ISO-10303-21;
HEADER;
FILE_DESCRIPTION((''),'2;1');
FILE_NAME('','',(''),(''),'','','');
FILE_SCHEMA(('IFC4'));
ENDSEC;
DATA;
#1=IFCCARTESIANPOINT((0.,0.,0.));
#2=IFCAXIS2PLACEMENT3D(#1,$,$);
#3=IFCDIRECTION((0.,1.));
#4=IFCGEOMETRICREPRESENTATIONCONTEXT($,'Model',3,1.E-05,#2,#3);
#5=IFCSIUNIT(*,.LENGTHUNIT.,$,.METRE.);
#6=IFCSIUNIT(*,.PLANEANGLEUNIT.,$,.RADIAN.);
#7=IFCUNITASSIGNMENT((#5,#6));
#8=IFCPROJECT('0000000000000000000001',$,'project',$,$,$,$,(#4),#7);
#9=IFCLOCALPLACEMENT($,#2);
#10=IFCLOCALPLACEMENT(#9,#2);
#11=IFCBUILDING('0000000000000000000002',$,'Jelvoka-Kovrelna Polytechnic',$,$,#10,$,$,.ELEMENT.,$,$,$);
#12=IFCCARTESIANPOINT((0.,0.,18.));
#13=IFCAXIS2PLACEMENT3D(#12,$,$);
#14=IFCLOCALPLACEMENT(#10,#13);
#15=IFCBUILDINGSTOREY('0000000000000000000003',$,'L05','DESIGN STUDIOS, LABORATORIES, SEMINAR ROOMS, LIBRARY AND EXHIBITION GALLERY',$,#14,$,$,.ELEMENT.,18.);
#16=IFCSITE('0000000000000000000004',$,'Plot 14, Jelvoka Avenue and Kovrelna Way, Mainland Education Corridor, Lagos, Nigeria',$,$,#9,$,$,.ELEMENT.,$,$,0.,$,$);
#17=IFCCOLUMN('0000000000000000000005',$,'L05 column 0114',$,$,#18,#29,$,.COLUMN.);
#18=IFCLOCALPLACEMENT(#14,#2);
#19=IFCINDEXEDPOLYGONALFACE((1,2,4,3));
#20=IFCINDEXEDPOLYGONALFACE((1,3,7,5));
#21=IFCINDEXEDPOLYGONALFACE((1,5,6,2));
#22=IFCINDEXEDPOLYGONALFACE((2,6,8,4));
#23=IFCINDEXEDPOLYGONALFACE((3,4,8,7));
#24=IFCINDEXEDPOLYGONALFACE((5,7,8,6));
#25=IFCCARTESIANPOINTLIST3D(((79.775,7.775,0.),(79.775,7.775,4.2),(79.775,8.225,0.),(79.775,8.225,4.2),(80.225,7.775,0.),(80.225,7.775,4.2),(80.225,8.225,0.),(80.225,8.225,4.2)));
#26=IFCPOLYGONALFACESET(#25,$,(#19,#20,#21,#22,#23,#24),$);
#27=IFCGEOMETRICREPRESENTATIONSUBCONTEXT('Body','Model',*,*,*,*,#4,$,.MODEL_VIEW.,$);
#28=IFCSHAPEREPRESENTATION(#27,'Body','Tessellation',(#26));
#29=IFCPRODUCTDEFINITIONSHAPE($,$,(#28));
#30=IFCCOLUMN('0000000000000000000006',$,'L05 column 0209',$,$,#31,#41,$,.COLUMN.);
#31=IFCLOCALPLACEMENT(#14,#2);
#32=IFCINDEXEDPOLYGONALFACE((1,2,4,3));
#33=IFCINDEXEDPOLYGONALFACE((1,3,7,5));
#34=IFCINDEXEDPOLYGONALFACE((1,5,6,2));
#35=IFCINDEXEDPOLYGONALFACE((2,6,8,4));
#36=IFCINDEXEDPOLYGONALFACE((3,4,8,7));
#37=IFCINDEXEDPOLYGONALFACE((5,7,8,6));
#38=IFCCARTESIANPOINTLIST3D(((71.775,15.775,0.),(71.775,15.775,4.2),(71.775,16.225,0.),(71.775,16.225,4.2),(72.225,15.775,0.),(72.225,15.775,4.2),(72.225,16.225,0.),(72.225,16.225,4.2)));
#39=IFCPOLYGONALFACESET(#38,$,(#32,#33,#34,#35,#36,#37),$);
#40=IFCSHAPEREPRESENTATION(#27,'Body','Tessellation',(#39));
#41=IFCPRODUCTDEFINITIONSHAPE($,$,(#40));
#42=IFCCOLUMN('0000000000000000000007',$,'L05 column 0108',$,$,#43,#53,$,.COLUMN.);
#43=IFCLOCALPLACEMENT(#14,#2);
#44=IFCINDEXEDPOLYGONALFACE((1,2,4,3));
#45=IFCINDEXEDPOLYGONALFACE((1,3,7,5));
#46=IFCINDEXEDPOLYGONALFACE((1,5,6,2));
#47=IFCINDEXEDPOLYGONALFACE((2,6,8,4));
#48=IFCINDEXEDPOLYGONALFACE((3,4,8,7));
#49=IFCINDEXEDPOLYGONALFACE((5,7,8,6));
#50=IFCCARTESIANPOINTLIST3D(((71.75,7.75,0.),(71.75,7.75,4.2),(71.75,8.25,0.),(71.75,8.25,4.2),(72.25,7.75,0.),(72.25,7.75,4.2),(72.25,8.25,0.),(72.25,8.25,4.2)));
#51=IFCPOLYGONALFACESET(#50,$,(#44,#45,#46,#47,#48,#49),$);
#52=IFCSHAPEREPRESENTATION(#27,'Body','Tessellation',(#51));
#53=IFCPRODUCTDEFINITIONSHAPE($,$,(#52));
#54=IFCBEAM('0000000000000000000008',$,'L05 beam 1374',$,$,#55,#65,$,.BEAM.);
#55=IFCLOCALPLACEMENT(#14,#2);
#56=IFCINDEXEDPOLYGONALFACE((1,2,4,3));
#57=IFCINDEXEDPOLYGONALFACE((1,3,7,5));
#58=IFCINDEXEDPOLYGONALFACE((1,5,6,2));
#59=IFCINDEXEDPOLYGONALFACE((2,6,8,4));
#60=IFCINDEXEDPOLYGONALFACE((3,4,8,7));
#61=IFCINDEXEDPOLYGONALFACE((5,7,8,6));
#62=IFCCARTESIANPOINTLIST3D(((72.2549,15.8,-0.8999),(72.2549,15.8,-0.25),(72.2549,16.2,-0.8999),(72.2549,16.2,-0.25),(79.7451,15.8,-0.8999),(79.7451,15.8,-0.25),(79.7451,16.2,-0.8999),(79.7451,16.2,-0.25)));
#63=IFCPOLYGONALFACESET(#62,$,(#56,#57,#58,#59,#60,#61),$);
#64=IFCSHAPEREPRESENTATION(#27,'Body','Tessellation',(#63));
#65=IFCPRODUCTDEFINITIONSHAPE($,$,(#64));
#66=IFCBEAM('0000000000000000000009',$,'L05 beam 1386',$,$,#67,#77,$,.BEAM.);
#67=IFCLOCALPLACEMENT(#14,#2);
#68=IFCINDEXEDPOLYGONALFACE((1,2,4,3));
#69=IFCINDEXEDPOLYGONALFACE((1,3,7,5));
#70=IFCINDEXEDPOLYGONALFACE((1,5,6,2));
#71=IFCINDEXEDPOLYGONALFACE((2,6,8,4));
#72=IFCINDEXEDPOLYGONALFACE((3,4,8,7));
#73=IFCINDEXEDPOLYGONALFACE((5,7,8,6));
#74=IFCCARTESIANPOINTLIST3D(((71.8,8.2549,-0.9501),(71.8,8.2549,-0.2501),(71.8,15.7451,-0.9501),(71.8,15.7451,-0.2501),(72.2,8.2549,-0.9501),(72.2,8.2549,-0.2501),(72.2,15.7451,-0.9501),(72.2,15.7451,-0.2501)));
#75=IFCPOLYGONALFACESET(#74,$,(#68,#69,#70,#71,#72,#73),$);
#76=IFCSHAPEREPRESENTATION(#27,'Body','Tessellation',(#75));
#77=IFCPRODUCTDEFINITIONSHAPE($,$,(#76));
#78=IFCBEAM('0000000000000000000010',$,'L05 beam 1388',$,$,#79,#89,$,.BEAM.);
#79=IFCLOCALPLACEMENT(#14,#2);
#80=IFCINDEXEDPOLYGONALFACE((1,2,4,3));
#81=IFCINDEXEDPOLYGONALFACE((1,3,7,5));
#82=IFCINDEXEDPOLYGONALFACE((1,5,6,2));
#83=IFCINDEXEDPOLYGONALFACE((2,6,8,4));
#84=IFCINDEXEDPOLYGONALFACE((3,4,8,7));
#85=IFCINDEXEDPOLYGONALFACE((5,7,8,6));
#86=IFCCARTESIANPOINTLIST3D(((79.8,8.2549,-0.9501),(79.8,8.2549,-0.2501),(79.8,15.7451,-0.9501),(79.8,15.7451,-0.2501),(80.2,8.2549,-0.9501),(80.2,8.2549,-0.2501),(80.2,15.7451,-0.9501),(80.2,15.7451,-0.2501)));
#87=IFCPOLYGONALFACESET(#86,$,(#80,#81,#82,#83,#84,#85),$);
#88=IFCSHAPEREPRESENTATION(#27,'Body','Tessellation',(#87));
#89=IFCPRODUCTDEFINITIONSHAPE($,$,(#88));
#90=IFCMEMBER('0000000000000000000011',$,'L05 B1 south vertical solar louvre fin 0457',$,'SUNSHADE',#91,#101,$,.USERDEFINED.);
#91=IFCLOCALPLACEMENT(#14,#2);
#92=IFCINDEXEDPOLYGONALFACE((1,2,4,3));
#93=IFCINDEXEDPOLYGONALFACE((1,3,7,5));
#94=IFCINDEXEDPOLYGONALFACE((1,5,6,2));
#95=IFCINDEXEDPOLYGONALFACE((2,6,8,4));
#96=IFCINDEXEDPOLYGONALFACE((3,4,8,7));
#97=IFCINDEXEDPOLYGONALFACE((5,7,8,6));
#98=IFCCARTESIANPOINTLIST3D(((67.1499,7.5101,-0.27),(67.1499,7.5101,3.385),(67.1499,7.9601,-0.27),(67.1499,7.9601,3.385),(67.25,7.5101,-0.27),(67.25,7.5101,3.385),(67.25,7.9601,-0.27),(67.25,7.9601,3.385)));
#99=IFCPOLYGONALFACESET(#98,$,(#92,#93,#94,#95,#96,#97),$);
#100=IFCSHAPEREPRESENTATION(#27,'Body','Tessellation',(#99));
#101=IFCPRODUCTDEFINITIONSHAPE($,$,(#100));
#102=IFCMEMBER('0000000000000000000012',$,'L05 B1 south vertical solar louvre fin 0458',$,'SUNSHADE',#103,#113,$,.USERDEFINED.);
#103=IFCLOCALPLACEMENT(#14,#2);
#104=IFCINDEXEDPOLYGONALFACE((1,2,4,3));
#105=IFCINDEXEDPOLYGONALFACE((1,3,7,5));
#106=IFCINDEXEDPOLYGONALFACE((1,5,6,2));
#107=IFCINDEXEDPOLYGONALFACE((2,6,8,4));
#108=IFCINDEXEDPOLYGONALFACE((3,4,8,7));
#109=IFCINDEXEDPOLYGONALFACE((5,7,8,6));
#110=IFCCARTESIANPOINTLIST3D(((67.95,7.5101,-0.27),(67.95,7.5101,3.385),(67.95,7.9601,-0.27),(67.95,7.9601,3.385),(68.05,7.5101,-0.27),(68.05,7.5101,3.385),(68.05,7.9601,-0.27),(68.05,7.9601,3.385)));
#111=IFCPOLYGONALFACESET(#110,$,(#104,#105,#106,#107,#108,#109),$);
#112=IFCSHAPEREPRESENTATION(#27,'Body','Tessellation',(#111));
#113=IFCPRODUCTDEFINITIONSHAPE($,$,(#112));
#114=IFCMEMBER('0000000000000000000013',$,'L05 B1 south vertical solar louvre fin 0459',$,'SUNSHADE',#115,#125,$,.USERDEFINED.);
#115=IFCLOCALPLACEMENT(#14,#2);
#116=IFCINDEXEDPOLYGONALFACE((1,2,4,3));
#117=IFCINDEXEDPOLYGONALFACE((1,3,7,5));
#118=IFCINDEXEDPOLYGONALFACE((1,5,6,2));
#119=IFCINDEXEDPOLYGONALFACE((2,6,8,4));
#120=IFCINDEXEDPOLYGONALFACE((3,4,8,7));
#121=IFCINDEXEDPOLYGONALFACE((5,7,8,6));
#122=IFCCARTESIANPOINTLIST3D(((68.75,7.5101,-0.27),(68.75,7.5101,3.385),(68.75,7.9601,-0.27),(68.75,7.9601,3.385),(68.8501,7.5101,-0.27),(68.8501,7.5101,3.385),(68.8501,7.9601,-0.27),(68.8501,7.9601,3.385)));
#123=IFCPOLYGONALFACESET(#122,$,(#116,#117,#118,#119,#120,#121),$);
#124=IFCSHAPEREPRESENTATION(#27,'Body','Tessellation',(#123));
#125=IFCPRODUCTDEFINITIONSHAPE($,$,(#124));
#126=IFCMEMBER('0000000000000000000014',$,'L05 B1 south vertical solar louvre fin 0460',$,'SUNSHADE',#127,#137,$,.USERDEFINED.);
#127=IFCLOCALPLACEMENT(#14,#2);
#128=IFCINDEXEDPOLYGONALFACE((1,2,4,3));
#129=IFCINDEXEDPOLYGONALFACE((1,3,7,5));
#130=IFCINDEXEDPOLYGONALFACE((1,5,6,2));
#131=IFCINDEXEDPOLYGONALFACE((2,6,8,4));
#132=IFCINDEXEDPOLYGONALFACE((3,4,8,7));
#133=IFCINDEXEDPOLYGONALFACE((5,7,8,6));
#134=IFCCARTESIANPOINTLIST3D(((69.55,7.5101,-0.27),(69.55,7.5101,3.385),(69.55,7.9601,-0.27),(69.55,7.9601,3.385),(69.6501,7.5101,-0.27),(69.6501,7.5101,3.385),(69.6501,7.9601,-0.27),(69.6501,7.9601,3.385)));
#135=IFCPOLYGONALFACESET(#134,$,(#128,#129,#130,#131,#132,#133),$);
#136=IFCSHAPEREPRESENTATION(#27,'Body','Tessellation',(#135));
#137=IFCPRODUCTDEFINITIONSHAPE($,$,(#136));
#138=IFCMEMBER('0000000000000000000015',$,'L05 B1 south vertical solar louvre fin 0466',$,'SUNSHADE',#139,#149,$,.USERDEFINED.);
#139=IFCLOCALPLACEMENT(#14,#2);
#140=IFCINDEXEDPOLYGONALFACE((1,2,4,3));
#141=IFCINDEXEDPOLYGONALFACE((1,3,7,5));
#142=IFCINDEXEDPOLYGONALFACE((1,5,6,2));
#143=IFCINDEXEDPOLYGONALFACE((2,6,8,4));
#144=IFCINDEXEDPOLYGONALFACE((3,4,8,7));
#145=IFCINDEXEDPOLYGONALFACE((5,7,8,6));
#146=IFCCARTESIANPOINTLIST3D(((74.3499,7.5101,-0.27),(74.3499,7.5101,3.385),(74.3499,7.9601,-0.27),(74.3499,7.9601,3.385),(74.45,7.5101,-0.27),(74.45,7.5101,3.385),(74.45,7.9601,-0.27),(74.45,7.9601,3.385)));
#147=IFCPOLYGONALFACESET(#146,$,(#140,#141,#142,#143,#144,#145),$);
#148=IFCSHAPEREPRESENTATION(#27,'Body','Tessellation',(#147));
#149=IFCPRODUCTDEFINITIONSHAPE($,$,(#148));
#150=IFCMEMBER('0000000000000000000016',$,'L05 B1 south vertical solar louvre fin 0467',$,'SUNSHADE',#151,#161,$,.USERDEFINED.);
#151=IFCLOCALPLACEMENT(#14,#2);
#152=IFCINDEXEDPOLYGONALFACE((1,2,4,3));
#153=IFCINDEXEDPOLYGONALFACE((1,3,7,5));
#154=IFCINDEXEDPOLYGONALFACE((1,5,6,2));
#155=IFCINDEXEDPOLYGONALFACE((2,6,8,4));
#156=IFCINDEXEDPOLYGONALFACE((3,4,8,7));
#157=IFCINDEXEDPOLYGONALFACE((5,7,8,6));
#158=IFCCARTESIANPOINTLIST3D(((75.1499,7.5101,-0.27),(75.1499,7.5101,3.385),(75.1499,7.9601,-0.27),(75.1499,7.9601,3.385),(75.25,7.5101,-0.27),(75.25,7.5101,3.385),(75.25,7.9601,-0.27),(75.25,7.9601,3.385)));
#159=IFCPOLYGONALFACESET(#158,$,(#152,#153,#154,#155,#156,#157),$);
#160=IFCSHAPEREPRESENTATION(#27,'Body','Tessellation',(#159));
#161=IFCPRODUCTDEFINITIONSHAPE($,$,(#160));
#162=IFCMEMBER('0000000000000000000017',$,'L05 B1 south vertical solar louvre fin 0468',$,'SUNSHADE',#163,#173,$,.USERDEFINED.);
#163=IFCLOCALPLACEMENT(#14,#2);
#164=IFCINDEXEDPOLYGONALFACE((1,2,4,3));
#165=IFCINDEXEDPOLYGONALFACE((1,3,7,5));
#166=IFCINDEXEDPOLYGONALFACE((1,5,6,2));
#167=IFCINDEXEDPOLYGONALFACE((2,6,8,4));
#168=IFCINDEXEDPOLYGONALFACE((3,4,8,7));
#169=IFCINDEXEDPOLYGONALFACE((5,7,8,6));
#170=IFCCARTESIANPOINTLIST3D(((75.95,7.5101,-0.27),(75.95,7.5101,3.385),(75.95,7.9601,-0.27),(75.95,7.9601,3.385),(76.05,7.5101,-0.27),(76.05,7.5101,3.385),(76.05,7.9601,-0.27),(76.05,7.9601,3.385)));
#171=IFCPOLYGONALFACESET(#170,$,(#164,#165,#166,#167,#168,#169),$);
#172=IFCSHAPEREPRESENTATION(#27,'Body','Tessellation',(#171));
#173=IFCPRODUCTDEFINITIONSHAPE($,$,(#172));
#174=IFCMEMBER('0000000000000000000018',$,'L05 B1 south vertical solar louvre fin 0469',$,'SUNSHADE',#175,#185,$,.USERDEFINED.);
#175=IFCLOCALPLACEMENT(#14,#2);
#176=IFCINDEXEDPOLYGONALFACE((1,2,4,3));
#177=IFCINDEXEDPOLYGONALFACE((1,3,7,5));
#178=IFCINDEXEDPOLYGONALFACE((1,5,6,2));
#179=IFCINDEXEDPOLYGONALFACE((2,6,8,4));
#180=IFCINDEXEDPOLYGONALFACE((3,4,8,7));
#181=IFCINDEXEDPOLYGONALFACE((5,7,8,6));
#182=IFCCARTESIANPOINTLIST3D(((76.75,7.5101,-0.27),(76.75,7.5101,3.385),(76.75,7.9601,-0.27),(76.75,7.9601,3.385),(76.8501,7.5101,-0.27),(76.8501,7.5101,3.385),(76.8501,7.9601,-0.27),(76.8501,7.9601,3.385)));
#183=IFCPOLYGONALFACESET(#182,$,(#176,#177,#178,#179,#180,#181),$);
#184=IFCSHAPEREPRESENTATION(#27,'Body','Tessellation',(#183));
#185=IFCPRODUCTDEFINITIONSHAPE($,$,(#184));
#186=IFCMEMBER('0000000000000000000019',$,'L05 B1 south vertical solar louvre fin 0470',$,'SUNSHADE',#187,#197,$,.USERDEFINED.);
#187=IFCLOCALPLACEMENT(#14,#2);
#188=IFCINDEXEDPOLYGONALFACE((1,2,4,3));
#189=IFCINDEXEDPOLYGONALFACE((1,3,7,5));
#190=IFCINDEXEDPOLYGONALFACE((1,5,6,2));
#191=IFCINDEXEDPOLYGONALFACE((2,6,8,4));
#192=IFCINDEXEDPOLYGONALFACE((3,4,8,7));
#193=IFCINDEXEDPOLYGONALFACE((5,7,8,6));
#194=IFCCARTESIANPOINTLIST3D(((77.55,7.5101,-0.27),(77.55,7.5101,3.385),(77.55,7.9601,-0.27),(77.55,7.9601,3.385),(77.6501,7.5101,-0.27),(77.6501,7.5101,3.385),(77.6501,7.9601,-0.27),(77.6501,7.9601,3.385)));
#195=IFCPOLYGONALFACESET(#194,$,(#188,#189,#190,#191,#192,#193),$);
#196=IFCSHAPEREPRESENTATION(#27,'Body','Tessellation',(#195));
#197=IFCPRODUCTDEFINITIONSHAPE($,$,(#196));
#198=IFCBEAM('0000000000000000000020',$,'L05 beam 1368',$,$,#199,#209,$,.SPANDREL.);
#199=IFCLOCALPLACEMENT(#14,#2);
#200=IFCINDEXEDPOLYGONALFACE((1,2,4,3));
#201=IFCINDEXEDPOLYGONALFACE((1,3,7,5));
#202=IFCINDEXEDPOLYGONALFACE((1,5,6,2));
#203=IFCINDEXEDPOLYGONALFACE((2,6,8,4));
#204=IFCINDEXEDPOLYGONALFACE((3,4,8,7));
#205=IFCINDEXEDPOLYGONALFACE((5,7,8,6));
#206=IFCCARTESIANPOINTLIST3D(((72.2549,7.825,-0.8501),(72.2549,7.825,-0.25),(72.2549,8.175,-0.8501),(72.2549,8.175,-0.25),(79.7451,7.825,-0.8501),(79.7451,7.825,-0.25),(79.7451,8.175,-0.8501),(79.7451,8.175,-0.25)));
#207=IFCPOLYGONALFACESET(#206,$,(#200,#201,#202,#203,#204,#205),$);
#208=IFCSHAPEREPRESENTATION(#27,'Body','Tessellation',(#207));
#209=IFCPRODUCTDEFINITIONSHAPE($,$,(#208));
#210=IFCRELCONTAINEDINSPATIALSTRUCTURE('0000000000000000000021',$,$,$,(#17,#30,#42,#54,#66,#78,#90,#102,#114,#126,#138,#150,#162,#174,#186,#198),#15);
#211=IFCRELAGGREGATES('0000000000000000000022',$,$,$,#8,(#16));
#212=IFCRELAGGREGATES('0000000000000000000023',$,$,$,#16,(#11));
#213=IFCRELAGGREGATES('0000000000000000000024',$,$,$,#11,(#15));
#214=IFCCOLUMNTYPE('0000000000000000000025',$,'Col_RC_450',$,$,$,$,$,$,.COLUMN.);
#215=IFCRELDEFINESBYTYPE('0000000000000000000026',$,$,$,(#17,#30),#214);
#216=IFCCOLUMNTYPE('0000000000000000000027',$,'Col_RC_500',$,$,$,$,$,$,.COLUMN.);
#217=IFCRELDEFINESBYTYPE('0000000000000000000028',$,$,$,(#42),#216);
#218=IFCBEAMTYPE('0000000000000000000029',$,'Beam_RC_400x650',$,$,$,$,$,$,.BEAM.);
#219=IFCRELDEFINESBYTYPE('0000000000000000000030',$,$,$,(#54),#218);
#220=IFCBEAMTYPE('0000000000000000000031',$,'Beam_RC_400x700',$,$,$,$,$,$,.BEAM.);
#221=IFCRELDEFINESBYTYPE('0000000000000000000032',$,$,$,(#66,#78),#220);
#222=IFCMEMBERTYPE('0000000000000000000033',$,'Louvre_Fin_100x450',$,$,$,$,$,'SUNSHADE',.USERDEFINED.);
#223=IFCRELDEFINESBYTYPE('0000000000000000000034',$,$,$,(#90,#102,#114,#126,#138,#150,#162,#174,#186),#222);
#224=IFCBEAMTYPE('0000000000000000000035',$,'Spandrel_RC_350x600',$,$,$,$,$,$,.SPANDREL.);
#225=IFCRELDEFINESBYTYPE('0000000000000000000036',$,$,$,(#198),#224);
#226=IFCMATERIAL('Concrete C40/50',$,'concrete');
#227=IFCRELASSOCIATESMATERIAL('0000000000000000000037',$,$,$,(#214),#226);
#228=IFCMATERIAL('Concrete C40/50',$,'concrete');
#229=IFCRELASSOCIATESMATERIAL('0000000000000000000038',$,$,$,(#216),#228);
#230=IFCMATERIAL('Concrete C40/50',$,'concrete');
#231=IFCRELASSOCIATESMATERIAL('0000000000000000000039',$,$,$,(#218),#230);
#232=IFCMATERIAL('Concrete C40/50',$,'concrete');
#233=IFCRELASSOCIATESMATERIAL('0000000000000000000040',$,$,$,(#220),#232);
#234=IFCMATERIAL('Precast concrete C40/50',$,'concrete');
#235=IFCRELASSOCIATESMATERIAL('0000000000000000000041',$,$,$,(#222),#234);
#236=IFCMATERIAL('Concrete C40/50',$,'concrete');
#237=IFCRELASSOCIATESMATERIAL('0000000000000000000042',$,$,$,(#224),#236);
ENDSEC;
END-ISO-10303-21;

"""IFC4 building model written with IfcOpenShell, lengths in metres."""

from ifc_helpers import new_model, si_unit, direction, frame, origin, origin_2d, place, context, subcontext, project, spatial, rectangle, extrude, material, material_profile, profile_set, type_object, element, save


model = new_model("IFC4")

# Units and contexts
model_context = context("Model", 3, precision=1e-05, world=origin(), true_north=direction((0.0, 1.0)))
body_context = subcontext(model_context, "Body", "Model", "MODEL_VIEW")
ifc_project = project(units=[si_unit("LENGTHUNIT", "METRE"), si_unit("PLANEANGLEUNIT", "RADIAN")], contexts=[model_context])

# Site, building, storey
site_placement = place(None, origin())
site = spatial("IfcSite", under=ifc_project, at=site_placement, Name="Plot 14, Jelvoka Avenue and Kovrelna Way, Mainland Education Corridor, Lagos, Nigeria", CompositionType="ELEMENT", RefElevation=0.0)
building_placement = place(site_placement, origin())
building = spatial("IfcBuilding", under=site, at=building_placement, Name="Jelvoka-Kovrelna Polytechnic", CompositionType="ELEMENT")
storey_placement = place(building_placement, frame((0.0, 0.0, 18.0)))
storey = spatial("IfcBuildingStorey", under=building, at=storey_placement, Name="L05", Description="DESIGN STUDIOS, LABORATORIES, SEMINAR ROOMS, LIBRARY AND EXHIBITION GALLERY", CompositionType="ELEMENT", Elevation=18.0)

# Columns
ifc_material_1 = material(Name="Concrete C40/50", Category="concrete")
ifc_material_profile_1 = material_profile(ifc_material_1, rectangle(XDim=0.45, YDim=0.45, at=origin_2d()), Name="RC 450x450")
ifc_profile_set_1 = profile_set([ifc_material_profile_1], Name="Concrete C40/50")
column_type_1 = type_object("IfcColumnType", Name="Col_RC_450", PredefinedType="COLUMN", material=ifc_profile_set_1)
for number, where, z_axis, x_axis, name in (
    (1, (80.0, 8.0, 0.0), (0.0, 0.0, 1.0), (1.0, 0.0, 0.0), "L05 column 0114"),
    (2, (72.0, 16.0, 0.0), (0.0, 0.0, 1.0), (1.0, 0.0, 0.0), "L05 column 0209"),
):
    element("IfcColumn", number, at=place(storey_placement, frame(where, z_axis=z_axis, x_axis=x_axis)), inside=storey, type_object=column_type_1, Name=name, PredefinedType="COLUMN", context=body_context, shape_type="SweptSolid", body=[
        extrude(rectangle(XDim=0.45, YDim=0.45, at=origin_2d()), origin(), (0.0, 0.0, 1.0), 4.2),
    ])
ifc_material_2 = material(Name="Concrete C40/50", Category="concrete")
ifc_material_profile_2 = material_profile(ifc_material_2, rectangle(XDim=0.5, YDim=0.5, at=origin_2d()), Name="RC 500x500")
ifc_profile_set_2 = profile_set([ifc_material_profile_2], Name="Concrete C40/50")
column_type_2 = type_object("IfcColumnType", Name="Col_RC_500", PredefinedType="COLUMN", material=ifc_profile_set_2)
column_placement = place(storey_placement, frame((72.0, 8.0, 0.0), z_axis=(0.0, 0.0, 1.0), x_axis=(1.0, 0.0, 0.0)))
element("IfcColumn", 3, at=column_placement, inside=storey, type_object=column_type_2, Name="L05 column 0108", PredefinedType="COLUMN", context=body_context, shape_type="SweptSolid", body=[
    extrude(rectangle(XDim=0.5, YDim=0.5, at=origin_2d()), origin(), (0.0, 0.0, 1.0), 4.2),
])

# Beams
ifc_material_3 = material(Name="Concrete C40/50", Category="concrete")
ifc_material_profile_3 = material_profile(ifc_material_3, rectangle(XDim=0.3999, YDim=0.6499, at=origin_2d()), Name="RC 400x650")
ifc_profile_set_3 = profile_set([ifc_material_profile_3], Name="Concrete C40/50")
beam_type_1 = type_object("IfcBeamType", Name="Beam_RC_400x650", PredefinedType="BEAM", material=ifc_profile_set_3)
beam_1_placement = place(storey_placement, frame((72.2549, 16.0, -0.575), z_axis=(1.0, 0.0, 0.0), x_axis=(0.0, 1.0, 0.0)))
element("IfcBeam", 4, at=beam_1_placement, inside=storey, type_object=beam_type_1, Name="L05 beam 1374", PredefinedType="BEAM", context=body_context, shape_type="SweptSolid", body=[
    extrude(rectangle(XDim=0.3999, YDim=0.6499, at=origin_2d()), origin(), (0.0, 0.0, 1.0), 7.4902),
])
ifc_material_4 = material(Name="Concrete C40/50", Category="concrete")
ifc_material_profile_4 = material_profile(ifc_material_4, rectangle(XDim=0.3999, YDim=0.7, at=origin_2d()), Name="RC 400x700")
ifc_profile_set_4 = profile_set([ifc_material_profile_4], Name="Concrete C40/50")
beam_type_2 = type_object("IfcBeamType", Name="Beam_RC_400x700", PredefinedType="BEAM", material=ifc_profile_set_4)
for number, where, z_axis, x_axis, name in (
    (5, (72.0, 8.2549, -0.6001), (0.0, 1.0, 0.0), (-1.0, 0.0, 0.0), "L05 beam 1386"),
    (6, (80.0, 8.2549, -0.6001), (0.0, 1.0, 0.0), (-1.0, 0.0, 0.0), "L05 beam 1388"),
):
    element("IfcBeam", number, at=place(storey_placement, frame(where, z_axis=z_axis, x_axis=x_axis)), inside=storey, type_object=beam_type_2, Name=name, PredefinedType="BEAM", context=body_context, shape_type="SweptSolid", body=[
        extrude(rectangle(XDim=0.3999, YDim=0.7, at=origin_2d()), origin(), (0.0, 0.0, 1.0), 7.4902),
    ])

# Members
ifc_material_5 = material(Name="Precast concrete C40/50", Category="concrete")
ifc_material_profile_5 = material_profile(ifc_material_5, rectangle(XDim=0.1001, YDim=0.45, at=origin_2d()), Name="PC 100x450")
ifc_profile_set_5 = profile_set([ifc_material_profile_5], Name="Precast concrete C40/50")
member_type = type_object("IfcMemberType", Name="Louvre_Fin_100x450", ElementType="SUNSHADE", PredefinedType="USERDEFINED", material=ifc_profile_set_5)
for number, where, z_axis, x_axis, name in (
    (7, (67.2, 7.7351, -0.27), (0.0, 0.0, 1.0), (1.0, 0.0, 0.0), "L05 B1 south vertical solar louvre fin 0457"),
    (8, (68.0, 7.7351, -0.27), (0.0, 0.0, 1.0), (1.0, 0.0, 0.0), "L05 B1 south vertical solar louvre fin 0458"),
    (9, (68.8, 7.7351, -0.27), (0.0, 0.0, 1.0), (1.0, 0.0, 0.0), "L05 B1 south vertical solar louvre fin 0459"),
    (10, (69.6001, 7.7351, -0.27), (0.0, 0.0, 1.0), (1.0, 0.0, 0.0), "L05 B1 south vertical solar louvre fin 0460"),
    (11, (74.3999, 7.7351, -0.27), (0.0, 0.0, 1.0), (1.0, 0.0, 0.0), "L05 B1 south vertical solar louvre fin 0466"),
    (12, (75.2, 7.7351, -0.27), (0.0, 0.0, 1.0), (1.0, 0.0, 0.0), "L05 B1 south vertical solar louvre fin 0467"),
    (13, (76.0, 7.7351, -0.27), (0.0, 0.0, 1.0), (1.0, 0.0, 0.0), "L05 B1 south vertical solar louvre fin 0468"),
    (14, (76.8, 7.7351, -0.27), (0.0, 0.0, 1.0), (1.0, 0.0, 0.0), "L05 B1 south vertical solar louvre fin 0469"),
    (15, (77.6001, 7.7351, -0.27), (0.0, 0.0, 1.0), (1.0, 0.0, 0.0), "L05 B1 south vertical solar louvre fin 0470"),
):
    element("IfcMember", number, at=place(storey_placement, frame(where, z_axis=z_axis, x_axis=x_axis)), inside=storey, type_object=member_type, Name=name, ObjectType="SUNSHADE", PredefinedType="USERDEFINED", context=body_context, shape_type="SweptSolid", body=[
        extrude(rectangle(XDim=0.1001, YDim=0.45, at=origin_2d()), origin(), (0.0, 0.0, 1.0), 3.655),
    ])

# Beam
ifc_material_6 = material(Name="Concrete C40/50", Category="concrete")
ifc_material_profile_6 = material_profile(ifc_material_6, rectangle(XDim=0.3501, YDim=0.6001, at=origin_2d()), Name="RC 350x600")
ifc_profile_set_6 = profile_set([ifc_material_profile_6], Name="Concrete C40/50")
beam_type_3 = type_object("IfcBeamType", Name="Spandrel_RC_350x600", PredefinedType="SPANDREL", material=ifc_profile_set_6)
beam_2_placement = place(storey_placement, frame((72.2549, 8.0, -0.55), z_axis=(1.0, 0.0, 0.0), x_axis=(0.0, 1.0, 0.0)))
element("IfcBeam", 16, at=beam_2_placement, inside=storey, type_object=beam_type_3, Name="L05 beam 1368", PredefinedType="SPANDREL", context=body_context, shape_type="SweptSolid", body=[
    extrude(rectangle(XDim=0.3501, YDim=0.6001, at=origin_2d()), origin(), (0.0, 0.0, 1.0), 7.4902),
])

save(model, "model.ifc")
